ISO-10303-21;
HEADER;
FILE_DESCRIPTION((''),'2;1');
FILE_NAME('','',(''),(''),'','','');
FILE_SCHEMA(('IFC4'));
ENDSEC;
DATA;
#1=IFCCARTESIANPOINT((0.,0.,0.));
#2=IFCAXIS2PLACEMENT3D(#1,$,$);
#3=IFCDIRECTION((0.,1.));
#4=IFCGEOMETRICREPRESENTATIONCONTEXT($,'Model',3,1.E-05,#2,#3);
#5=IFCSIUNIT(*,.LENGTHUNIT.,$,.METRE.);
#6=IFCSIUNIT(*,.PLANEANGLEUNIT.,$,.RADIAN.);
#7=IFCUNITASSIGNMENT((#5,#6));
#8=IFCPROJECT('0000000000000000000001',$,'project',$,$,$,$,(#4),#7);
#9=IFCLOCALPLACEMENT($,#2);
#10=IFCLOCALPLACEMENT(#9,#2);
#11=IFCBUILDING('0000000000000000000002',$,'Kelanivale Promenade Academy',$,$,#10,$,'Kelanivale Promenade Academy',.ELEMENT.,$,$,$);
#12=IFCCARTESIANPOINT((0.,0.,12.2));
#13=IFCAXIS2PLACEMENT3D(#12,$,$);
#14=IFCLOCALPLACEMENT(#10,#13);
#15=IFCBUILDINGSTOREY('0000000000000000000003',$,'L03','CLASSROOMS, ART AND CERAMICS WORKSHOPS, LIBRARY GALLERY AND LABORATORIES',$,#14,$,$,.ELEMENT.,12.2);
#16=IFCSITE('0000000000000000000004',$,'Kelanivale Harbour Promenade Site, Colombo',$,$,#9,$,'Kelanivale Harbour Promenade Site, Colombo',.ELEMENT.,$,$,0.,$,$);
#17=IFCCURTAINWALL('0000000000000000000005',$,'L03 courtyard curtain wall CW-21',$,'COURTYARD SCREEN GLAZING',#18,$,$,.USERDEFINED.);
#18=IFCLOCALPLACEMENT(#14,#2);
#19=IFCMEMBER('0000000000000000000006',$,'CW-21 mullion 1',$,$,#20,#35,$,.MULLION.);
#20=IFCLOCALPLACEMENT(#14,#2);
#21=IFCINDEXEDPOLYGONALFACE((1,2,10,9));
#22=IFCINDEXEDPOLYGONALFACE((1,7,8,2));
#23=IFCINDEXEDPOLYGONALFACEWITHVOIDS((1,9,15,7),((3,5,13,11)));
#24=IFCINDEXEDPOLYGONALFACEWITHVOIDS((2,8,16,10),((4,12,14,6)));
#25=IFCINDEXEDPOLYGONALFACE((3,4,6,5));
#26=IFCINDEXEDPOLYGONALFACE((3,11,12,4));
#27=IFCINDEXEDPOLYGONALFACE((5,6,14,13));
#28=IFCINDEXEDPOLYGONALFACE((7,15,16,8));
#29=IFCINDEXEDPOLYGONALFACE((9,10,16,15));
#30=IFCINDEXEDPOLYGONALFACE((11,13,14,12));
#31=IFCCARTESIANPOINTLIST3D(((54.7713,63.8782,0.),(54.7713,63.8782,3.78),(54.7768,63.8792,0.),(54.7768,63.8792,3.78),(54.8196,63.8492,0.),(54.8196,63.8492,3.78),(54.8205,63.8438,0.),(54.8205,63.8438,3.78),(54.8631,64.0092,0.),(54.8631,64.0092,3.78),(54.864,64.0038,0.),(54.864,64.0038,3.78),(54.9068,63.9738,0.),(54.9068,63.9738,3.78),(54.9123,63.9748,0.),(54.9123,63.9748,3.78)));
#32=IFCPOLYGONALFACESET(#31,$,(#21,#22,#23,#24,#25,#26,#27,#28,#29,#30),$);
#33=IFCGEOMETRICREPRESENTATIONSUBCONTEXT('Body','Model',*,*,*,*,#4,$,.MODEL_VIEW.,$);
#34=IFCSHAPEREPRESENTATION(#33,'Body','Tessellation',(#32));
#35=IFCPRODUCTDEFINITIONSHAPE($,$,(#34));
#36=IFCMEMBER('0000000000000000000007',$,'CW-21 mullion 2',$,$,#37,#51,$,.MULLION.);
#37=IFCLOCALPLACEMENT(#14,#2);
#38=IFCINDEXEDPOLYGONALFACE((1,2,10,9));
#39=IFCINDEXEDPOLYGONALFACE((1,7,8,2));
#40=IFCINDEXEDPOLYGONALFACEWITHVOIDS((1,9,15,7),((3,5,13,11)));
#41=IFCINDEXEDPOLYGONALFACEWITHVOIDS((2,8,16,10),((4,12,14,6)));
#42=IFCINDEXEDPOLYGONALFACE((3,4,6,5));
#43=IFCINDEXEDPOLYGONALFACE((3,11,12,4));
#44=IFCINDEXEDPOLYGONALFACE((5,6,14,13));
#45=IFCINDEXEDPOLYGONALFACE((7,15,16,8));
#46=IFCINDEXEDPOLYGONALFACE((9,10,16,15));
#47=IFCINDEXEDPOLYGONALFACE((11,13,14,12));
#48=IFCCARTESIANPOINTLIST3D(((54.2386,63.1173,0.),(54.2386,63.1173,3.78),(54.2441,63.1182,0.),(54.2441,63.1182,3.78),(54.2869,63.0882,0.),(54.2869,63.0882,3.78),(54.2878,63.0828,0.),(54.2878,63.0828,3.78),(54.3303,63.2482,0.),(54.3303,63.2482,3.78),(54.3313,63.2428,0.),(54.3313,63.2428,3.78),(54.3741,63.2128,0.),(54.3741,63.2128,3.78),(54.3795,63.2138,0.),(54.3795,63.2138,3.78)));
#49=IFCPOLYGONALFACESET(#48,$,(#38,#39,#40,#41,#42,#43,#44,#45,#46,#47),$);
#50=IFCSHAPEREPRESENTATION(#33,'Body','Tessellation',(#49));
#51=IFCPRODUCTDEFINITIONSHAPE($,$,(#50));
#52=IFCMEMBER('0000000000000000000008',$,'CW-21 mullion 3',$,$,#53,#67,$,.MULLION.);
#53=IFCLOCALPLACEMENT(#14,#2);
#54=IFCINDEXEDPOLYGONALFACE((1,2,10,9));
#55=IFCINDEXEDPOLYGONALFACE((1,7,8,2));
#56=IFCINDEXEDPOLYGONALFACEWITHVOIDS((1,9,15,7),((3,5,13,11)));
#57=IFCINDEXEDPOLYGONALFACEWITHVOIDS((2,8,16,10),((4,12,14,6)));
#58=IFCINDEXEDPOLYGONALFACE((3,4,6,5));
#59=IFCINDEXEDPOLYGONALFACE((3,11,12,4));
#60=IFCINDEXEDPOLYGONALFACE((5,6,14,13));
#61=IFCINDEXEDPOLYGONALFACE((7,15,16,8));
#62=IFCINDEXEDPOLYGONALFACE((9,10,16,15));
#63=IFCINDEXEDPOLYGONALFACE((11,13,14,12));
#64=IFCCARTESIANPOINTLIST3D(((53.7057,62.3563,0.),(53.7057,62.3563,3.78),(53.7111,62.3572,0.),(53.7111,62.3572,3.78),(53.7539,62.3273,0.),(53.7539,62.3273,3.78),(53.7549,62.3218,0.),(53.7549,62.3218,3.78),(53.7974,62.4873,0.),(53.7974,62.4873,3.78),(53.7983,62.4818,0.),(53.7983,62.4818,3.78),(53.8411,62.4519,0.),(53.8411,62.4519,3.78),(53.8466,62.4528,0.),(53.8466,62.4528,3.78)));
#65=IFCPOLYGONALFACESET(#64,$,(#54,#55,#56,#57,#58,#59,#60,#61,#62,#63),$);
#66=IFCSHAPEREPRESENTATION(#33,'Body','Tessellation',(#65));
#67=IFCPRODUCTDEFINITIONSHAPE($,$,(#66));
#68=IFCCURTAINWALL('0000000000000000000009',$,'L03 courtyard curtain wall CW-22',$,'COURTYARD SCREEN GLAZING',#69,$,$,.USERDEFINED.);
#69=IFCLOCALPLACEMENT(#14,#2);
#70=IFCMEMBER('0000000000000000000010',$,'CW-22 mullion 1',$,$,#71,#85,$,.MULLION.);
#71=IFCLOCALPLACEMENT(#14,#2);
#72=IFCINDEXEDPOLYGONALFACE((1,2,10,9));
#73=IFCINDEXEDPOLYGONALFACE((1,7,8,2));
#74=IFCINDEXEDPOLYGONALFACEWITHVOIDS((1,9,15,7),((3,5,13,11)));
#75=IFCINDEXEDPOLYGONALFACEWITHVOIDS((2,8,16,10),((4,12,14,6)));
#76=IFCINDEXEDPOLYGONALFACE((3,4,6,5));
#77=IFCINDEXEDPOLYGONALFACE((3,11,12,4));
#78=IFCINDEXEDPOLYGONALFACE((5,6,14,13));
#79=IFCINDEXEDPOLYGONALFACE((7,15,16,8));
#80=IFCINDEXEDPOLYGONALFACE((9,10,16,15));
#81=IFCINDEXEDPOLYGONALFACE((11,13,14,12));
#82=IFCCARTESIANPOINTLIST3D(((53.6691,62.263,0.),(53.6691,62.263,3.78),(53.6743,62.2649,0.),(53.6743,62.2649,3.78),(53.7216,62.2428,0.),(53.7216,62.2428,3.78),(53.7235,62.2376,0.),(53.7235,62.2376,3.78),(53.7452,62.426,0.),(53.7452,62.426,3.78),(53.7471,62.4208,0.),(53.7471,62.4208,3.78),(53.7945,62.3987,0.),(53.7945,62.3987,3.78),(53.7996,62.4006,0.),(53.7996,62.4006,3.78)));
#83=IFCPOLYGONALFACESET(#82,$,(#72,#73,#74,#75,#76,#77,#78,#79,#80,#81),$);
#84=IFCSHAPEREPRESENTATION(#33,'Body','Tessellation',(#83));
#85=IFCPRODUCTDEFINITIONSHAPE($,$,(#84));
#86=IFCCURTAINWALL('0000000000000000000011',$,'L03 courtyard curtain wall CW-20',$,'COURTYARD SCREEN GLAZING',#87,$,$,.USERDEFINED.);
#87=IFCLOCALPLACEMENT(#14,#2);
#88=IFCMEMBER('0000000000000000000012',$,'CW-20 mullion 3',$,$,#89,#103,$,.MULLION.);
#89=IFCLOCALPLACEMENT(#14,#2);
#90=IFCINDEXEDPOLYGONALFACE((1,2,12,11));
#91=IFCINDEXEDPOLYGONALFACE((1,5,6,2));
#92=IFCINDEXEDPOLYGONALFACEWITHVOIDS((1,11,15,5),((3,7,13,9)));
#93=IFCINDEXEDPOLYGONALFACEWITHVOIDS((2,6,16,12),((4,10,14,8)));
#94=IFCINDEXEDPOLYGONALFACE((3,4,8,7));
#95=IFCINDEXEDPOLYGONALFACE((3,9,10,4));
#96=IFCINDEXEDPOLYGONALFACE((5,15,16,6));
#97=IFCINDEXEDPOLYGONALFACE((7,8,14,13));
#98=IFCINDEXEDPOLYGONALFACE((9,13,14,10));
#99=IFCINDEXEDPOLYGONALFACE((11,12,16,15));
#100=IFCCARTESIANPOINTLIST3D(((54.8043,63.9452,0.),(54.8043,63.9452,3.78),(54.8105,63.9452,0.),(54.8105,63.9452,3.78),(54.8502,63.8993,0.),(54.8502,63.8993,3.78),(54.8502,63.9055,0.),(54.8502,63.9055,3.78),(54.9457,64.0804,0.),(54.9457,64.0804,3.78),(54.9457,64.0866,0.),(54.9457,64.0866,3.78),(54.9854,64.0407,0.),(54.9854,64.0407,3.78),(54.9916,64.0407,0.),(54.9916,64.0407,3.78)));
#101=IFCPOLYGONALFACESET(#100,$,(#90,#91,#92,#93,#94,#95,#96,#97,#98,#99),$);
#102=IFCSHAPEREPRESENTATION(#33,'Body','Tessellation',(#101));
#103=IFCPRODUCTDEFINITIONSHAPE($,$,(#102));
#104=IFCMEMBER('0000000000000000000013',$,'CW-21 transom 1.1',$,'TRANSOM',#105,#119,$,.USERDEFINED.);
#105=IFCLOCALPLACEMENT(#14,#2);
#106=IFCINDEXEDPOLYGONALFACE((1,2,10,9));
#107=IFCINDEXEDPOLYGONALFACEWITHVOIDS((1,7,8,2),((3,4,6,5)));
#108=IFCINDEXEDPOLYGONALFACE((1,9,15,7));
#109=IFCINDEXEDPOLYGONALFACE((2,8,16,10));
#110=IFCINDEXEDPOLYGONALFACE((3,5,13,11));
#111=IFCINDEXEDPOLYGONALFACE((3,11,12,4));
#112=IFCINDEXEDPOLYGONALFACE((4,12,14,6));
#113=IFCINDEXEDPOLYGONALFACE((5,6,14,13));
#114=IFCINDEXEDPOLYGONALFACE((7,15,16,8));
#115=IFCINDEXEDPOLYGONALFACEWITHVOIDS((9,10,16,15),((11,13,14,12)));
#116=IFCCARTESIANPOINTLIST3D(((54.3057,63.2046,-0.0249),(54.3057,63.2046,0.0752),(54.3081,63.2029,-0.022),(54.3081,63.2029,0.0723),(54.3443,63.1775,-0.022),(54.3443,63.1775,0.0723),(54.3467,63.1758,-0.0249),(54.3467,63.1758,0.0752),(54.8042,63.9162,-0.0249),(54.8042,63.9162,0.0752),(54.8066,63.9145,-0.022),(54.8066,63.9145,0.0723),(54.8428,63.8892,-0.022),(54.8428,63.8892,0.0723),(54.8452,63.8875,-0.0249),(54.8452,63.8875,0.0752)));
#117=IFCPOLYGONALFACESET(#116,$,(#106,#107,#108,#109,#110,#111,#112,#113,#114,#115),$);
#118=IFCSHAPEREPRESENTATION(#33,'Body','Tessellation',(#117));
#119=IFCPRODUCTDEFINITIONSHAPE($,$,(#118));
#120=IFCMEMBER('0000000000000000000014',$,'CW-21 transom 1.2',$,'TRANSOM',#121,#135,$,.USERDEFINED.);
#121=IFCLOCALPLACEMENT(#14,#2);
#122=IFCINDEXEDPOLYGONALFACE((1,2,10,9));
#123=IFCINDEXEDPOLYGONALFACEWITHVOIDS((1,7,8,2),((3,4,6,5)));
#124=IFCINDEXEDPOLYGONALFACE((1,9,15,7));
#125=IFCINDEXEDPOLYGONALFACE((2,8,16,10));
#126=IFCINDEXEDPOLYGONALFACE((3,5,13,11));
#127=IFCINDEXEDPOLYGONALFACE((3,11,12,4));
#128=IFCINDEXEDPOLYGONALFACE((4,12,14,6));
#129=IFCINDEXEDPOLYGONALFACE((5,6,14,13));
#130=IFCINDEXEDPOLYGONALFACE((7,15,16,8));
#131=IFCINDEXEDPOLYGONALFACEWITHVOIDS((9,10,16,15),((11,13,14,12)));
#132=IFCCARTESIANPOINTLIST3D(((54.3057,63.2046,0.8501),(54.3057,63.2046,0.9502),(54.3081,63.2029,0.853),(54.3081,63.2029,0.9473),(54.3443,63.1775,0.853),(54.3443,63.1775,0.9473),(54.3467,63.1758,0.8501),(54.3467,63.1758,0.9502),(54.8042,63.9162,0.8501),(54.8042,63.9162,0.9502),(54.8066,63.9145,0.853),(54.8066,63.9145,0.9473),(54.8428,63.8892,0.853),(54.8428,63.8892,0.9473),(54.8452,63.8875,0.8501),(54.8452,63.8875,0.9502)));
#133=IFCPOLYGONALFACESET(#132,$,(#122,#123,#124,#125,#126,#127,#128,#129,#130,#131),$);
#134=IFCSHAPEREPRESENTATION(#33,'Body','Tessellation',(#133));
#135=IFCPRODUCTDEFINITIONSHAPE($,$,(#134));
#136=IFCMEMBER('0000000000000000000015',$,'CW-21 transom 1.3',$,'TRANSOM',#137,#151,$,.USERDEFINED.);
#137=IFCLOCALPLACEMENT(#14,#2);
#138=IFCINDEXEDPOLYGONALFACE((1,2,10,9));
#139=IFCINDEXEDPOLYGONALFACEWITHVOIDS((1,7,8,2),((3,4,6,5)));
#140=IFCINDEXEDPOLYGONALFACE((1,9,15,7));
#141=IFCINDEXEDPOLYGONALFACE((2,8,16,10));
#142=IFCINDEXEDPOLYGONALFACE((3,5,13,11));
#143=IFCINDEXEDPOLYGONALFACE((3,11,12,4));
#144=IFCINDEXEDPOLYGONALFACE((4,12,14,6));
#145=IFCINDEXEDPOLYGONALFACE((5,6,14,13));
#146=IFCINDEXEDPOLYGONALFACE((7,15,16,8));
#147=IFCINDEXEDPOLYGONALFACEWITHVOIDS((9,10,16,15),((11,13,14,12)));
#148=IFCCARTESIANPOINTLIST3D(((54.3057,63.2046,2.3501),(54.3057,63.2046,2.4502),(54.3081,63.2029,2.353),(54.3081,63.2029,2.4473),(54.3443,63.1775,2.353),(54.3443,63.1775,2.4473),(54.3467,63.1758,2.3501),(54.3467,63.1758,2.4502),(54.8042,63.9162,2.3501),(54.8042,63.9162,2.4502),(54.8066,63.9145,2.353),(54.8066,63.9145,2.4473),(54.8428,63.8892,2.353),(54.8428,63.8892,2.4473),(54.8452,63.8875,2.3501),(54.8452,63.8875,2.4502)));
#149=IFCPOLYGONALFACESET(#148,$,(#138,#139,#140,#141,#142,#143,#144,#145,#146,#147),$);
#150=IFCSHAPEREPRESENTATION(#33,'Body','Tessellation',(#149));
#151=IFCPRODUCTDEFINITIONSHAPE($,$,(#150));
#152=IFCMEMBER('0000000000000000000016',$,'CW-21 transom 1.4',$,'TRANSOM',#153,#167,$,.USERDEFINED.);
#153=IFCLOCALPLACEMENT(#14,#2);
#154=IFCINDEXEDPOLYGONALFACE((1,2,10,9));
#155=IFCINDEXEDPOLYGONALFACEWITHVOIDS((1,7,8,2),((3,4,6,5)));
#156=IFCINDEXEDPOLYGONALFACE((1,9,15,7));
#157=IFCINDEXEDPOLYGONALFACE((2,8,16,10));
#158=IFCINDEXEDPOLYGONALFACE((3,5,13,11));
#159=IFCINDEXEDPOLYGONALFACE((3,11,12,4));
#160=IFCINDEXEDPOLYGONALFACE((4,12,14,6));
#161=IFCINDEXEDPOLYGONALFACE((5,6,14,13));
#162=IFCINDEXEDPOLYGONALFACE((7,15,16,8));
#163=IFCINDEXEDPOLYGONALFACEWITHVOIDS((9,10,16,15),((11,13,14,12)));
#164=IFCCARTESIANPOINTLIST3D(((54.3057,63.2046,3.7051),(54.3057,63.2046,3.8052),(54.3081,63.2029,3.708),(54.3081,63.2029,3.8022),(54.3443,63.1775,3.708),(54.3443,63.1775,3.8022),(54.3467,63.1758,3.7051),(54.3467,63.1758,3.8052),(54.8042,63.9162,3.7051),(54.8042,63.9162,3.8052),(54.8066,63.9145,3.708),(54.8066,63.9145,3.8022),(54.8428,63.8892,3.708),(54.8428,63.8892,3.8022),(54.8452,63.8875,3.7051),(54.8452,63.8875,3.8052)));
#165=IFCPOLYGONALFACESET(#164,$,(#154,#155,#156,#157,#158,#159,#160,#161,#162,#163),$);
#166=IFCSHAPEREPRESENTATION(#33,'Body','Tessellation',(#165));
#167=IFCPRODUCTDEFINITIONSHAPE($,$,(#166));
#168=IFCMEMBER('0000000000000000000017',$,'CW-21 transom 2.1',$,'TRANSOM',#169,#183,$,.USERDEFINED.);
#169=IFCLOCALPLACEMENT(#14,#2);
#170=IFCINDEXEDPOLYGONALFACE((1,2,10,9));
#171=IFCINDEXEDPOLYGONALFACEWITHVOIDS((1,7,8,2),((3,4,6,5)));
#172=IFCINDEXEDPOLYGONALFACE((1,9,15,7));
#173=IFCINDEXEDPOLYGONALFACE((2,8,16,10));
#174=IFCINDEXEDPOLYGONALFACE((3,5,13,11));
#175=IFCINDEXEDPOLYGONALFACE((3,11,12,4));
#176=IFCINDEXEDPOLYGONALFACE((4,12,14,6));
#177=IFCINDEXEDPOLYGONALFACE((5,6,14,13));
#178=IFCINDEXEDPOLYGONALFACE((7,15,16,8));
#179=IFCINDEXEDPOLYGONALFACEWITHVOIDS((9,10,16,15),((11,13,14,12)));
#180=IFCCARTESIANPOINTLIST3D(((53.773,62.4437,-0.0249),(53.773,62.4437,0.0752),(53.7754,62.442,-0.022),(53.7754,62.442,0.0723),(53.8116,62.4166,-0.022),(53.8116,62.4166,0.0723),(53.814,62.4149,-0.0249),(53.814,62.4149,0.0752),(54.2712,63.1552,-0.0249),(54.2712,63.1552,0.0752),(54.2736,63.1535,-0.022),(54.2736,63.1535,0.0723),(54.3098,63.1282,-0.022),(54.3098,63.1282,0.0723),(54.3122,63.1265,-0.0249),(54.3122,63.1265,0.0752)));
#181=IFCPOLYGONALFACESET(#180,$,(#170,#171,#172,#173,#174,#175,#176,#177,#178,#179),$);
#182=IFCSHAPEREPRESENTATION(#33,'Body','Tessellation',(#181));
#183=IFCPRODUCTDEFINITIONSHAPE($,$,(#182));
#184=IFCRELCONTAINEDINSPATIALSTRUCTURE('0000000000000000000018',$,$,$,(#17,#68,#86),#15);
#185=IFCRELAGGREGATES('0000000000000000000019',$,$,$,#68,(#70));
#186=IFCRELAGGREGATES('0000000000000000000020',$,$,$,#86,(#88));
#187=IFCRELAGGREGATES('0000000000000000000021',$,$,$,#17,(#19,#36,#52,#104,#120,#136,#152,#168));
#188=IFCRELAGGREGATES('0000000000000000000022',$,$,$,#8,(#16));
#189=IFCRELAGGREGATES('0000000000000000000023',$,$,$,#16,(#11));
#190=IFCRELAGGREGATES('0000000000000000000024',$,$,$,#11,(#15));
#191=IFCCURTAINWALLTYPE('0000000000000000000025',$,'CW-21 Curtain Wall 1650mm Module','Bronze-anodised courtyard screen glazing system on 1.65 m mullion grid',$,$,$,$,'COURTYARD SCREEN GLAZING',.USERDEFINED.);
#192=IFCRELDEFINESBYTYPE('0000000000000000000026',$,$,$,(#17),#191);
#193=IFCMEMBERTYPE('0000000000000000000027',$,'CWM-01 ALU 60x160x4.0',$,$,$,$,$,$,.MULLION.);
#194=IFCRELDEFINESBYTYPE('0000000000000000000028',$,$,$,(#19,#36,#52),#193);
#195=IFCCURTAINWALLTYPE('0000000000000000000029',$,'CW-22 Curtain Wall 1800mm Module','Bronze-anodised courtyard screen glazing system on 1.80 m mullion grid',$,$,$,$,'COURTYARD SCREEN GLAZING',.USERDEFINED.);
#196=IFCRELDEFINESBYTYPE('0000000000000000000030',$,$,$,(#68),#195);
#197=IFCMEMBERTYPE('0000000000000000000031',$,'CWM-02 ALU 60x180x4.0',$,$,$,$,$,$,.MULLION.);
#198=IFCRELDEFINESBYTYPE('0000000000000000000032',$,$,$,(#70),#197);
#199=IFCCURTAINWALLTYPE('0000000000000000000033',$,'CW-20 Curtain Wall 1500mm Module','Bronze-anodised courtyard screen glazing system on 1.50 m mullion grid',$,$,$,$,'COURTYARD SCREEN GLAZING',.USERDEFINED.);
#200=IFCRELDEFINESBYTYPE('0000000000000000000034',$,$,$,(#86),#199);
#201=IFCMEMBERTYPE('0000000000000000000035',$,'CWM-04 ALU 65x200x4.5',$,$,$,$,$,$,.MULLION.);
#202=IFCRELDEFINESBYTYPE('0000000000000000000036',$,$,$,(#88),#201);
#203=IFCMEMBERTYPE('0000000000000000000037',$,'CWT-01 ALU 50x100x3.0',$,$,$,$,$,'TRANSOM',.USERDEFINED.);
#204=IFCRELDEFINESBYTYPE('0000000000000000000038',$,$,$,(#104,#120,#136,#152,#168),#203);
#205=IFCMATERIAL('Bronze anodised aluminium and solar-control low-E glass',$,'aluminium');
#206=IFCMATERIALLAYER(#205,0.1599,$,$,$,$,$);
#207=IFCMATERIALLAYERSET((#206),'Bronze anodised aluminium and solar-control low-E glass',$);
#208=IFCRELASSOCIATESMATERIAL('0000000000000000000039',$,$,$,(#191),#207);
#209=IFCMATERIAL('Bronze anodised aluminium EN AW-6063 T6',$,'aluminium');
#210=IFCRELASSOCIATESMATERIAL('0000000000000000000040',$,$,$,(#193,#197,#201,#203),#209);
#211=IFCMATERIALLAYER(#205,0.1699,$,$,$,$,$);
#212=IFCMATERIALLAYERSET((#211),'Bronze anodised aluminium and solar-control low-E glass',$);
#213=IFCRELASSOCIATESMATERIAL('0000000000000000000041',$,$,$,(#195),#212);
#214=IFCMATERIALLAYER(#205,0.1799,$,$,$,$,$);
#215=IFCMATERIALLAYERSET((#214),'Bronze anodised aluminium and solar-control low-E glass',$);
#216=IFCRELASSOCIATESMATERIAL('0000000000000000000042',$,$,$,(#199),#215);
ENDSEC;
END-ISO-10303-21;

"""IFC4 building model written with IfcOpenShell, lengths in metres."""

from ifc_helpers import new_model, si_unit, direction, frame, origin, origin_2d, place, context, subcontext, project, spatial, hollow_rectangle, extrude, material, layer, layer_set, material_profile, profile_set, type_object, element, aggregate, save


model = new_model("IFC4")

# Units and contexts
model_context = context("Model", 3, precision=1e-05, world=origin(), true_north=direction((0.0, 1.0)))
body_context = subcontext(model_context, "Body", "Model", "MODEL_VIEW")
ifc_project = project(units=[si_unit("LENGTHUNIT", "METRE"), si_unit("PLANEANGLEUNIT", "RADIAN")], contexts=[model_context])

# Site, building, storey
site_placement = place(None, origin())
site = spatial("IfcSite", under=ifc_project, at=site_placement, Name="Kelanivale Harbour Promenade Site, Colombo", LongName="Kelanivale Harbour Promenade Site, Colombo", CompositionType="ELEMENT", RefElevation=0.0)
building_placement = place(site_placement, origin())
building = spatial("IfcBuilding", under=site, at=building_placement, Name="Kelanivale Promenade Academy", LongName="Kelanivale Promenade Academy", CompositionType="ELEMENT")
storey_placement = place(building_placement, frame((0.0, 0.0, 12.2)))
storey = spatial("IfcBuildingStorey", under=building, at=storey_placement, Name="L03", Description="CLASSROOMS, ART AND CERAMICS WORKSHOPS, LIBRARY GALLERY AND LABORATORIES", CompositionType="ELEMENT", Elevation=12.2)

# Curtain wall, members
ifc_material_1 = material(Name="Bronze anodised aluminium and solar-control low-E glass", Category="aluminium")
ifc_layer_1 = layer(ifc_material_1, 0.1599)
ifc_layer_set_1 = layer_set([ifc_layer_1], Name="Bronze anodised aluminium and solar-control low-E glass")
curtain_wall_type_1 = type_object("IfcCurtainWallType", Name="CW-21 Curtain Wall 1650mm Module", Description="Bronze-anodised courtyard screen glazing system on 1.65 m mullion grid", ElementType="COURTYARD SCREEN GLAZING", PredefinedType="USERDEFINED", material=ifc_layer_set_1)
curtain_wall_1_placement = place(storey_placement, origin())
curtain_wall_1 = element("IfcCurtainWall", 1, at=curtain_wall_1_placement, inside=storey, type_object=curtain_wall_type_1, Name="L03 courtyard curtain wall CW-21", ObjectType="COURTYARD SCREEN GLAZING", PredefinedType="USERDEFINED")
ifc_material_2 = material(Name="Bronze anodised aluminium EN AW-6063 T6", Category="aluminium")
ifc_material_profile_1 = material_profile(ifc_material_2, hollow_rectangle(XDim=0.0601, YDim=0.1599, WallThickness=0.0039, at=origin_2d()), Name="ALU 60x160x4.0")
ifc_profile_set_1 = profile_set([ifc_material_profile_1], Name="Bronze anodised aluminium EN AW-6063 T6")
member_type_1 = type_object("IfcMemberType", Name="CWM-01 ALU 60x160x4.0", PredefinedType="MULLION", material=ifc_profile_set_1)
member_1_placement = place(storey_placement, frame((54.8418, 63.9265, 0.0), z_axis=(0.0, 0.0, 1.0), x_axis=(0.819158, -0.573567, 0.0)))
member_1 = element("IfcMember", 2, at=member_1_placement, type_object=member_type_1, Name="CW-21 mullion 1", PredefinedType="MULLION", context=body_context, shape_type="SweptSolid", body=[
    extrude(hollow_rectangle(XDim=0.0601, YDim=0.1599, WallThickness=0.0039, at=origin_2d()), origin(), (0.0, 0.0, 1.0), 3.78),
])
member_2_placement = place(storey_placement, frame((54.3091, 63.1655, 0.0), z_axis=(0.0, 0.0, 1.0), x_axis=(0.819158, -0.573567, 0.0)))
member_2 = element("IfcMember", 3, at=member_2_placement, type_object=member_type_1, Name="CW-21 mullion 2", PredefinedType="MULLION", context=body_context, shape_type="SweptSolid", body=[
    extrude(hollow_rectangle(XDim=0.0601, YDim=0.1599, WallThickness=0.0039, at=origin_2d()), origin(), (0.0, 0.0, 1.0), 3.78),
])
member_3_placement = place(storey_placement, frame((53.7761, 62.4045, 0.0), z_axis=(0.0, 0.0, 1.0), x_axis=(0.819158, -0.573567, 0.0)))
member_3 = element("IfcMember", 4, at=member_3_placement, type_object=member_type_1, Name="CW-21 mullion 3", PredefinedType="MULLION", context=body_context, shape_type="SweptSolid", body=[
    extrude(hollow_rectangle(XDim=0.0601, YDim=0.1599, WallThickness=0.0039, at=origin_2d()), origin(), (0.0, 0.0, 1.0), 3.78),
])

# Curtain walls, members
ifc_layer_2 = layer(ifc_material_1, 0.1699)
ifc_layer_set_2 = layer_set([ifc_layer_2], Name="Bronze anodised aluminium and solar-control low-E glass")
curtain_wall_type_2 = type_object("IfcCurtainWallType", Name="CW-22 Curtain Wall 1800mm Module", Description="Bronze-anodised courtyard screen glazing system on 1.80 m mullion grid", ElementType="COURTYARD SCREEN GLAZING", PredefinedType="USERDEFINED", material=ifc_layer_set_2)
curtain_wall_2_placement = place(storey_placement, origin())
curtain_wall_2 = element("IfcCurtainWall", 5, at=curtain_wall_2_placement, inside=storey, type_object=curtain_wall_type_2, Name="L03 courtyard curtain wall CW-22", ObjectType="COURTYARD SCREEN GLAZING", PredefinedType="USERDEFINED")
ifc_material_profile_2 = material_profile(ifc_material_2, hollow_rectangle(XDim=0.0601, YDim=0.1799, WallThickness=0.0039, at=origin_2d()), Name="ALU 60x180x4.0")
ifc_profile_set_2 = profile_set([ifc_material_profile_2], Name="Bronze anodised aluminium EN AW-6063 T6")
member_type_2 = type_object("IfcMemberType", Name="CWM-02 ALU 60x180x4.0", PredefinedType="MULLION", material=ifc_profile_set_2)
member_4_placement = place(storey_placement, frame((53.7344, 62.3318, 0.0), z_axis=(0.0, 0.0, 1.0), x_axis=(0.906089, -0.423087, 0.0)))
member_4 = element("IfcMember", 6, at=member_4_placement, type_object=member_type_2, Name="CW-22 mullion 1", PredefinedType="MULLION", context=body_context, shape_type="SweptSolid", body=[
    extrude(hollow_rectangle(XDim=0.0601, YDim=0.1799, WallThickness=0.0039, at=origin_2d()), origin(), (0.0, 0.0, 1.0), 3.78),
])
aggregate(curtain_wall_2, [member_4])
ifc_layer_3 = layer(ifc_material_1, 0.1799)
ifc_layer_set_3 = layer_set([ifc_layer_3], Name="Bronze anodised aluminium and solar-control low-E glass")
curtain_wall_type_3 = type_object("IfcCurtainWallType", Name="CW-20 Curtain Wall 1500mm Module", Description="Bronze-anodised courtyard screen glazing system on 1.50 m mullion grid", ElementType="COURTYARD SCREEN GLAZING", PredefinedType="USERDEFINED", material=ifc_layer_set_3)
curtain_wall_3_placement = place(storey_placement, origin())
curtain_wall_3 = element("IfcCurtainWall", 7, at=curtain_wall_3_placement, inside=storey, type_object=curtain_wall_type_3, Name="L03 courtyard curtain wall CW-20", ObjectType="COURTYARD SCREEN GLAZING", PredefinedType="USERDEFINED")
ifc_material_profile_3 = material_profile(ifc_material_2, hollow_rectangle(XDim=0.0649, YDim=0.2, WallThickness=0.0044, at=origin_2d()), Name="ALU 65x200x4.5")
ifc_profile_set_3 = profile_set([ifc_material_profile_3], Name="Bronze anodised aluminium EN AW-6063 T6")
member_type_3 = type_object("IfcMemberType", Name="CWM-04 ALU 65x200x4.5", PredefinedType="MULLION", material=ifc_profile_set_3)
member_5_placement = place(storey_placement, frame((54.8979, 63.9929, 0.0), z_axis=(0.0, 0.0, 1.0), x_axis=(0.707107, -0.707107, 0.0)))
member_5 = element("IfcMember", 8, at=member_5_placement, type_object=member_type_3, Name="CW-20 mullion 3", PredefinedType="MULLION", context=body_context, shape_type="SweptSolid", body=[
    extrude(hollow_rectangle(XDim=0.0649, YDim=0.2, WallThickness=0.0044, at=origin_2d()), origin(), (0.0, 0.0, 1.0), 3.78),
])

# Members
ifc_material_profile_4 = material_profile(ifc_material_2, hollow_rectangle(XDim=0.05, YDim=0.1001, WallThickness=0.0029, at=origin_2d()), Name="ALU 50x100x3.0")
ifc_profile_set_4 = profile_set([ifc_material_profile_4], Name="Bronze anodised aluminium EN AW-6063 T6")
member_type_4 = type_object("IfcMemberType", Name="CWT-01 ALU 50x100x3.0", ElementType="TRANSOM", PredefinedType="USERDEFINED", material=ifc_profile_set_4)
member_6_placement = place(storey_placement, frame((54.8247, 63.9019, 0.0251), z_axis=(-0.573745, -0.819034, 0.0), x_axis=(0.819034, -0.573745, 0.0)))
member_6 = element("IfcMember", 9, at=member_6_placement, type_object=member_type_4, Name="CW-21 transom 1.1", ObjectType="TRANSOM", PredefinedType="USERDEFINED", context=body_context, shape_type="SweptSolid", body=[
    extrude(hollow_rectangle(XDim=0.05, YDim=0.1001, WallThickness=0.0029, at=origin_2d()), origin(), (0.0, 0.0, 1.0), 0.8689),
])
member_7_placement = place(storey_placement, frame((54.8247, 63.9019, 0.9001), z_axis=(-0.573745, -0.819034, 0.0), x_axis=(0.819034, -0.573745, 0.0)))
member_7 = element("IfcMember", 10, at=member_7_placement, type_object=member_type_4, Name="CW-21 transom 1.2", ObjectType="TRANSOM", PredefinedType="USERDEFINED", context=body_context, shape_type="SweptSolid", body=[
    extrude(hollow_rectangle(XDim=0.05, YDim=0.1001, WallThickness=0.0029, at=origin_2d()), origin(), (0.0, 0.0, 1.0), 0.8689),
])
member_8_placement = place(storey_placement, frame((54.8247, 63.9019, 2.4001), z_axis=(-0.573745, -0.819034, 0.0), x_axis=(0.819034, -0.573745, 0.0)))
member_8 = element("IfcMember", 11, at=member_8_placement, type_object=member_type_4, Name="CW-21 transom 1.3", ObjectType="TRANSOM", PredefinedType="USERDEFINED", context=body_context, shape_type="SweptSolid", body=[
    extrude(hollow_rectangle(XDim=0.05, YDim=0.1001, WallThickness=0.0029, at=origin_2d()), origin(), (0.0, 0.0, 1.0), 0.8689),
])
member_9_placement = place(storey_placement, frame((54.8247, 63.9019, 3.7551), z_axis=(-0.573745, -0.819034, 0.0), x_axis=(0.819034, -0.573745, 0.0)))
member_9 = element("IfcMember", 12, at=member_9_placement, type_object=member_type_4, Name="CW-21 transom 1.4", ObjectType="TRANSOM", PredefinedType="USERDEFINED", context=body_context, shape_type="SweptSolid", body=[
    extrude(hollow_rectangle(XDim=0.05, YDim=0.1001, WallThickness=0.0029, at=origin_2d()), origin(), (0.0, 0.0, 1.0), 0.8689),
])
member_10_placement = place(storey_placement, frame((54.2917, 63.1409, 0.0251), z_axis=(-0.573557, -0.819166, 0.0), x_axis=(0.819166, -0.573557, 0.0)))
member_10 = element("IfcMember", 13, at=member_10_placement, type_object=member_type_4, Name="CW-21 transom 2.1", ObjectType="TRANSOM", PredefinedType="USERDEFINED", context=body_context, shape_type="SweptSolid", body=[
    extrude(hollow_rectangle(XDim=0.05, YDim=0.1001, WallThickness=0.0029, at=origin_2d()), origin(), (0.0, 0.0, 1.0), 0.8687),
])

aggregate(curtain_wall_3, [member_5])
aggregate(curtain_wall_1, [member_1, member_2, member_3, member_6, member_7, member_8, member_9, member_10])

save(model, "model.ifc")
